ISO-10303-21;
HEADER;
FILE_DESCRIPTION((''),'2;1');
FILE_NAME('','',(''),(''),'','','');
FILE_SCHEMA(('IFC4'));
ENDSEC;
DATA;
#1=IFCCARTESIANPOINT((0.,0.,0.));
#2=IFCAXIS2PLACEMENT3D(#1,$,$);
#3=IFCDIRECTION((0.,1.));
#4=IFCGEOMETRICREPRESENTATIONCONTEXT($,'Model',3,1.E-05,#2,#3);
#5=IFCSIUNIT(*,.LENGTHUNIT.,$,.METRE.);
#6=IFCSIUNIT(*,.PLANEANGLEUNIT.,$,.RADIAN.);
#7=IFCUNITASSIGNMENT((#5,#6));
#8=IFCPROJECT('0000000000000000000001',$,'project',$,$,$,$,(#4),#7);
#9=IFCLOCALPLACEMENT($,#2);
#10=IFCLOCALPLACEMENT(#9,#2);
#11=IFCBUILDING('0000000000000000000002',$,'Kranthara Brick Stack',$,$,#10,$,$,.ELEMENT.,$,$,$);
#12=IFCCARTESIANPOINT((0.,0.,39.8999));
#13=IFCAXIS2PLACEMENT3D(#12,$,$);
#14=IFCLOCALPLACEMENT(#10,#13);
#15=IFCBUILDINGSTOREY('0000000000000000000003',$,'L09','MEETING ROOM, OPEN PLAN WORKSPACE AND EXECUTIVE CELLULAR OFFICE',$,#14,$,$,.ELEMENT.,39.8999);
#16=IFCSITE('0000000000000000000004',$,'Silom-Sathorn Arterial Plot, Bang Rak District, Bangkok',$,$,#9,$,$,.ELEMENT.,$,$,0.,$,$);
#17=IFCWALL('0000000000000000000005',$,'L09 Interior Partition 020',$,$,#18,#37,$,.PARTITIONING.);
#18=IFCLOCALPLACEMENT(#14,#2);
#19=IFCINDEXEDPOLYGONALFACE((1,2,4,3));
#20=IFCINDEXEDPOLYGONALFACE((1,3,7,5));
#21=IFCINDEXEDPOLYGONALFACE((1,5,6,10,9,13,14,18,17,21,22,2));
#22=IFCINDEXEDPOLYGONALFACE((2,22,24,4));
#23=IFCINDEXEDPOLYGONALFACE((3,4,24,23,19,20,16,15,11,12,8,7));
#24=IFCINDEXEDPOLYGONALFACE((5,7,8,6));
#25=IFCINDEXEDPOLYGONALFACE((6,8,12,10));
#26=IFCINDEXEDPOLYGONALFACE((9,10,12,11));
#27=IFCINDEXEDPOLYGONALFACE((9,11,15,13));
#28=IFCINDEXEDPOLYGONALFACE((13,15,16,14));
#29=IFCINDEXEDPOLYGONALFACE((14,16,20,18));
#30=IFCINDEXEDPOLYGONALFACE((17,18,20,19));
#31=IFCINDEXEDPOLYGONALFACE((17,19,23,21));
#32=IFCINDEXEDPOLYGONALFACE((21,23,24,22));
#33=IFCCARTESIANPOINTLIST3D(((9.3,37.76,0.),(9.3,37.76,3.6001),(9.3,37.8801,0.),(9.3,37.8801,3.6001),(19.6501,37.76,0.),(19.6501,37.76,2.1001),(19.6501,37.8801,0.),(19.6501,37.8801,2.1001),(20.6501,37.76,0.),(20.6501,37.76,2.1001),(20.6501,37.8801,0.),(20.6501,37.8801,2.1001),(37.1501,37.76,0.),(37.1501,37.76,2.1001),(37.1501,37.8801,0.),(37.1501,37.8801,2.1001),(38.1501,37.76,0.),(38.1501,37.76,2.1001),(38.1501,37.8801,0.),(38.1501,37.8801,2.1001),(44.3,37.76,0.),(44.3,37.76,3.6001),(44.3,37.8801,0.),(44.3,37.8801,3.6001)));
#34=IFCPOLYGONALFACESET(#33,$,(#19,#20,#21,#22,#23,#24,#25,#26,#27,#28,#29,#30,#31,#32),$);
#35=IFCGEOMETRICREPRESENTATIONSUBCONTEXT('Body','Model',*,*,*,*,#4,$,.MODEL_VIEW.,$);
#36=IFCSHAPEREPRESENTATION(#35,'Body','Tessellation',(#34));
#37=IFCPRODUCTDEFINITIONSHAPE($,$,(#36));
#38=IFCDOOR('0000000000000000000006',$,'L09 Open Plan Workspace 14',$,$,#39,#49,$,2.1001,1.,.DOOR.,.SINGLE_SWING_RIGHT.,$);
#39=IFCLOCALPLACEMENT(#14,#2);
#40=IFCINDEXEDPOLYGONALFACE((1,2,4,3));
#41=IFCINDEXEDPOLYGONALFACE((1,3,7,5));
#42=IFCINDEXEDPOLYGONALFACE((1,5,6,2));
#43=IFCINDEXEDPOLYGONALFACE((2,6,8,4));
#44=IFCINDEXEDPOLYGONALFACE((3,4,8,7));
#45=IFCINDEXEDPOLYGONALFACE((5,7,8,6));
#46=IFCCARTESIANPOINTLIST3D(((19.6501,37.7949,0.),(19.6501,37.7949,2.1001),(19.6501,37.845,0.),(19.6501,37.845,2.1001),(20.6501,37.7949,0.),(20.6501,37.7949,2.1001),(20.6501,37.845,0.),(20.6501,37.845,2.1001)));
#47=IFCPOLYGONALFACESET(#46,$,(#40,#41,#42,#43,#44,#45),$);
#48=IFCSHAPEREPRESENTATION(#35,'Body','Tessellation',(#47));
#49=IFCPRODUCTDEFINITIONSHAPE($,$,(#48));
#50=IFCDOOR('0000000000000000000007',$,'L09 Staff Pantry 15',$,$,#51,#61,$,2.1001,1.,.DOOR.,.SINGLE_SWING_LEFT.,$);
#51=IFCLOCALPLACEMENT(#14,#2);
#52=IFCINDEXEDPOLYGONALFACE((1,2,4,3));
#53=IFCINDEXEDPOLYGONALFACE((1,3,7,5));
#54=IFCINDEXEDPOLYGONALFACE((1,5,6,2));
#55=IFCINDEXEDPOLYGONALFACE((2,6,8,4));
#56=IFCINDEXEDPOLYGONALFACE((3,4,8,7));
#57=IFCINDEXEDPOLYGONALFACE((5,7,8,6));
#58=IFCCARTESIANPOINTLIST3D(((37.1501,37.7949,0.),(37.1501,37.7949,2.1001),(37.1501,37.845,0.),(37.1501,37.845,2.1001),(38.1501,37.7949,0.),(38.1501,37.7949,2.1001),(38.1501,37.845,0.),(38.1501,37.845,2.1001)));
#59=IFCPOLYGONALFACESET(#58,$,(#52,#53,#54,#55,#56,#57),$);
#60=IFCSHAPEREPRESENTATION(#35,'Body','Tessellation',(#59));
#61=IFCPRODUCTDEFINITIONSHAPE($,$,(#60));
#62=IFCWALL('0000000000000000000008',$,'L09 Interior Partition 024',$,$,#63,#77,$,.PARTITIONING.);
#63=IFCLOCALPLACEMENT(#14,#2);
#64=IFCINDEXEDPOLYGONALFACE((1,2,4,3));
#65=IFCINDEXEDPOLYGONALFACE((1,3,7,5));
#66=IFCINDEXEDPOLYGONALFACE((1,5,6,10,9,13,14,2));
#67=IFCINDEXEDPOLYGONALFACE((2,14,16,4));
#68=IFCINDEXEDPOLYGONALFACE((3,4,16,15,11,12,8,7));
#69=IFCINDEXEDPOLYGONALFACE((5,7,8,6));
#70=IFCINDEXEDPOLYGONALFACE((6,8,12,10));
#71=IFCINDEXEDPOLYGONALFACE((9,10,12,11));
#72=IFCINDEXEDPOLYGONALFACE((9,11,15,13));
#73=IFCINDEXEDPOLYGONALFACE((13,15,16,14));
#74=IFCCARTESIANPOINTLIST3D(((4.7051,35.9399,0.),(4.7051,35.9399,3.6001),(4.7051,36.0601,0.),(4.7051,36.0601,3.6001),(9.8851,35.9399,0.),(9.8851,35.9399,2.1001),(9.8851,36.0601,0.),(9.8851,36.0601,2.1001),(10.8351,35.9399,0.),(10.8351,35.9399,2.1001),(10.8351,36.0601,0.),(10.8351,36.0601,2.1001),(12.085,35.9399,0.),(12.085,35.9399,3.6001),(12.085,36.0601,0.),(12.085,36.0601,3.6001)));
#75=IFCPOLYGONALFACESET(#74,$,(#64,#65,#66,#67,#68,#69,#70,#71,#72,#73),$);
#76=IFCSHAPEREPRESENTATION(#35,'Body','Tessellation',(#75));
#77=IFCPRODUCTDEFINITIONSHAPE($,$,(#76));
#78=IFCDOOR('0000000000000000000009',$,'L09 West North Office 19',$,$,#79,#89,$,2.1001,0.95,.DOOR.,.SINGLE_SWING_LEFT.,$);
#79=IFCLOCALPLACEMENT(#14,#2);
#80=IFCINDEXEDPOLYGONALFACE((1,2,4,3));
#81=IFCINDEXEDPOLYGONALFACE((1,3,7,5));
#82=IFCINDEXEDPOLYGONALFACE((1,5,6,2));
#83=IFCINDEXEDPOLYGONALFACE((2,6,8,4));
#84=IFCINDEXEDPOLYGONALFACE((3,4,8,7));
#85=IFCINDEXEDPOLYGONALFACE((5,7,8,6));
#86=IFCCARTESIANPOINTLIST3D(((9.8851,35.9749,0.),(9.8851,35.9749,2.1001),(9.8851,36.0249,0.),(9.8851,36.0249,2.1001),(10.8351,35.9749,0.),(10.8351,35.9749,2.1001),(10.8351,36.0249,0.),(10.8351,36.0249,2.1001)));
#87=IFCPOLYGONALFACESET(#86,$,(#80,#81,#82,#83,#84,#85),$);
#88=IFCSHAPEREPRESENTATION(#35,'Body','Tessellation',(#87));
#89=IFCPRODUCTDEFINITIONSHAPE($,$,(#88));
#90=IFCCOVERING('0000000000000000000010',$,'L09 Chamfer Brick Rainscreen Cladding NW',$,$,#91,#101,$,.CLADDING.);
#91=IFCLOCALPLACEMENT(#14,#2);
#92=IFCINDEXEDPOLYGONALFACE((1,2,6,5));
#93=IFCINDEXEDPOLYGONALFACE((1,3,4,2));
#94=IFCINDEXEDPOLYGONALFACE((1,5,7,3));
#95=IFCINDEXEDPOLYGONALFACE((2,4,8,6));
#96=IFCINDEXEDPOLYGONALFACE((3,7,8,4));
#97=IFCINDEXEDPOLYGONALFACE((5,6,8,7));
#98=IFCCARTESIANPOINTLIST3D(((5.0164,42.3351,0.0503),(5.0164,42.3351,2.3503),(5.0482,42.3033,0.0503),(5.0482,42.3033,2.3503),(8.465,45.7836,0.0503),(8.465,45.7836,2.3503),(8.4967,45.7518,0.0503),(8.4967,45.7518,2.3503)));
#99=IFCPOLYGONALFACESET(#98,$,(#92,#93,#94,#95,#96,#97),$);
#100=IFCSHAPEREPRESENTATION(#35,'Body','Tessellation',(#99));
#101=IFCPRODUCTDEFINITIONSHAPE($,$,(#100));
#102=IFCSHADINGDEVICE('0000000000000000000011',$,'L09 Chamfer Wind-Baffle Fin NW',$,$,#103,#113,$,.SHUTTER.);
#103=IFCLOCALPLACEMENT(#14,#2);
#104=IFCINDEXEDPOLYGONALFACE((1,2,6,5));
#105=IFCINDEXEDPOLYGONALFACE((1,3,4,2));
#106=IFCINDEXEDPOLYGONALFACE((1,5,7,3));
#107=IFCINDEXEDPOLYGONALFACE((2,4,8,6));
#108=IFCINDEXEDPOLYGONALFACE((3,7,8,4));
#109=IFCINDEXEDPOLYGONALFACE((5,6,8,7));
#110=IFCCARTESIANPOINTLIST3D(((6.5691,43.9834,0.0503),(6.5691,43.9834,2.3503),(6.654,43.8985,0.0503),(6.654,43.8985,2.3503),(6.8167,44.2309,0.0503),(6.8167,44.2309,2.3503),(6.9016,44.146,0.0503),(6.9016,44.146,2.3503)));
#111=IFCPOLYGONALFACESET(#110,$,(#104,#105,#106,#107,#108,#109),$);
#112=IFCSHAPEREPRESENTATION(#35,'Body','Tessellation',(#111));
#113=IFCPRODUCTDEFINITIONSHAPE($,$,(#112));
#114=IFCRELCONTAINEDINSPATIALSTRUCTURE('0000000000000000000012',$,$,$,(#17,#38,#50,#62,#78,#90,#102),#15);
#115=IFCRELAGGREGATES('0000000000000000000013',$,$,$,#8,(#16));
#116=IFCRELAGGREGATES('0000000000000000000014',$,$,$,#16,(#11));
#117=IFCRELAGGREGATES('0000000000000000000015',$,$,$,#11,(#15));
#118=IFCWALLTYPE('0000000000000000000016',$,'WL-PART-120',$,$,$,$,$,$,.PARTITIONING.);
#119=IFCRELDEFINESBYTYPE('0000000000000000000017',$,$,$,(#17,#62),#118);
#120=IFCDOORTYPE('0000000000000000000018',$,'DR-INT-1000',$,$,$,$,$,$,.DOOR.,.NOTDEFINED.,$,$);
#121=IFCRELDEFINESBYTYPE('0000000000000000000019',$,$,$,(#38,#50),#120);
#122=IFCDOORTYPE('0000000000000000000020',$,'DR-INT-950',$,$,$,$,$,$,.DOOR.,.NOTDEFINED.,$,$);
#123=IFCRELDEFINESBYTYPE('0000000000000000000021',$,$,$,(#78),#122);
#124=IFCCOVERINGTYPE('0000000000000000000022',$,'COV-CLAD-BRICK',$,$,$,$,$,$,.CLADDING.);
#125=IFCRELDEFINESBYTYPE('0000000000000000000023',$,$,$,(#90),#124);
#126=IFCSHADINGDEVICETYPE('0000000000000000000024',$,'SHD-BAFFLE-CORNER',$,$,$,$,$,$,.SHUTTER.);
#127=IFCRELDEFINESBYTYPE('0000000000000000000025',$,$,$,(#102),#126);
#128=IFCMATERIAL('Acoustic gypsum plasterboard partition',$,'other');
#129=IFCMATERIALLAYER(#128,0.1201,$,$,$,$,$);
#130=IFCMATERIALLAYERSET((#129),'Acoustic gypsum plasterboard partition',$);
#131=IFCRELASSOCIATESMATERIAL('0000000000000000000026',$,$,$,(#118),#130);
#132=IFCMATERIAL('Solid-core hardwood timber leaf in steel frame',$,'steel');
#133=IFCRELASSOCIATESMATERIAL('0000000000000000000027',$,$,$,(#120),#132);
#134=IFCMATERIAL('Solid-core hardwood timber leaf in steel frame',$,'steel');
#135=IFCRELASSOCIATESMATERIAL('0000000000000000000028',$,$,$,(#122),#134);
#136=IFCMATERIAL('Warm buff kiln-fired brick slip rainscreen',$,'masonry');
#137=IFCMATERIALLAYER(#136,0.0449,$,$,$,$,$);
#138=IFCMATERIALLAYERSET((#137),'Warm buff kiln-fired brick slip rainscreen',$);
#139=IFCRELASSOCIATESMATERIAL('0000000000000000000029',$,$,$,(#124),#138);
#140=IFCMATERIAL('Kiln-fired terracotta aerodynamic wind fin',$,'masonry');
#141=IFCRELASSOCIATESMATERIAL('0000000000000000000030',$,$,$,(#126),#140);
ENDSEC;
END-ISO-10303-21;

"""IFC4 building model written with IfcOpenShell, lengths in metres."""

from ifc_helpers import new_model, si_unit, direction, frame, frame_2d, origin, origin_2d, place, context, subcontext, project, spatial, rectangle, extrude, material, layer, layer_set, type_object, element, fill, save


model = new_model("IFC4")

# Units and contexts
model_context = context("Model", 3, precision=1e-05, world=origin(), true_north=direction((0.0, 1.0)))
body_context = subcontext(model_context, "Body", "Model", "MODEL_VIEW")
ifc_project = project(units=[si_unit("LENGTHUNIT", "METRE"), si_unit("PLANEANGLEUNIT", "RADIAN")], contexts=[model_context])

# Site, building, storey
site_placement = place(None, origin())
site = spatial("IfcSite", under=ifc_project, at=site_placement, Name="Silom-Sathorn Arterial Plot, Bang Rak District, Bangkok", CompositionType="ELEMENT", RefElevation=0.0)
building_placement = place(site_placement, origin())
building = spatial("IfcBuilding", under=site, at=building_placement, Name="Kranthara Brick Stack", CompositionType="ELEMENT")
storey_placement = place(building_placement, frame((0.0, 0.0, 39.8999)))
storey = spatial("IfcBuildingStorey", under=building, at=storey_placement, Name="L09", Description="MEETING ROOM, OPEN PLAN WORKSPACE AND EXECUTIVE CELLULAR OFFICE", CompositionType="ELEMENT", Elevation=39.8999)

# Wall, openings, doors
ifc_material_1 = material(Name="Acoustic gypsum plasterboard partition", Category="other")
ifc_layer_1 = layer(ifc_material_1, 0.1201)
ifc_layer_set_1 = layer_set([ifc_layer_1], Name="Acoustic gypsum plasterboard partition")
wall_type_1 = type_object("IfcWallType", Name="WL-PART-120", PredefinedType="PARTITIONING", material=ifc_layer_set_1)
wall_1_placement = place(storey_placement, frame((9.3, 37.8201, 0.0), z_axis=(0.0, 0.0, 1.0), x_axis=(1.0, 0.0, 0.0)))
wall_1 = element("IfcWall", 1, at=wall_1_placement, inside=storey, type_object=wall_type_1, Name="L09 Interior Partition 020", PredefinedType="PARTITIONING", context=body_context, shape_type="SweptSolid", body=[
    extrude(rectangle(XDim=35.0, YDim=0.1201, at=frame_2d((17.5, 0.0))), origin(), (0.0, 0.0, 1.0), 3.6001),
])
opening_1_placement = place(wall_1_placement, frame((10.3501, 0.0, 0.0)))
opening_1 = element("IfcOpeningElement", 2, at=opening_1_placement, cuts=wall_1, PredefinedType="OPENING", context=body_context, shape_type="SweptSolid", body=[
    extrude(rectangle(XDim=1.0, YDim=2.1001, at=frame_2d((0.5, 1.05))), frame((0.0, 0.0701, 0.0), z_axis=(0.0, -1.0, 0.0), x_axis=(1.0, 0.0, 0.0)), (0.0, 0.0, 1.0), 0.1401),
])
opening_2_placement = place(wall_1_placement, frame((27.8501, 0.0, 0.0)))
opening_2 = element("IfcOpeningElement", 3, at=opening_2_placement, cuts=wall_1, PredefinedType="OPENING", context=body_context, shape_type="SweptSolid", body=[
    extrude(rectangle(XDim=1.0, YDim=2.1001, at=frame_2d((0.5, 1.05))), frame((0.0, 0.0701, 0.0), z_axis=(0.0, -1.0, 0.0), x_axis=(1.0, 0.0, 0.0)), (0.0, 0.0, 1.0), 0.1401),
])
ifc_material_2 = material(Name="Solid-core hardwood timber leaf in steel frame", Category="steel")
door_type_1 = type_object("IfcDoorType", Name="DR-INT-1000", OperationType="NOTDEFINED", PredefinedType="DOOR", material=ifc_material_2)
door_1_placement = place(opening_1_placement, origin())
door_1 = element("IfcDoor", 4, at=door_1_placement, inside=storey, type_object=door_type_1, Name="L09 Open Plan Workspace 14", OperationType="SINGLE_SWING_RIGHT", OverallHeight=2.1001, OverallWidth=1.0, PredefinedType="DOOR", context=body_context, shape_type="SweptSolid", body=[
    extrude(rectangle(XDim=1.0, YDim=2.1001, at=frame_2d((0.5, 1.05))), frame((0.0, 0.0249, 0.0), z_axis=(0.0, -1.0, 0.0), x_axis=(1.0, 0.0, 0.0)), (0.0, 0.0, 1.0), 0.05),
])
fill(opening_1, door_1)
door_2_placement = place(opening_2_placement, origin())
door_2 = element("IfcDoor", 5, at=door_2_placement, inside=storey, type_object=door_type_1, Name="L09 Staff Pantry 15", OperationType="SINGLE_SWING_LEFT", OverallHeight=2.1001, OverallWidth=1.0, PredefinedType="DOOR", context=body_context, shape_type="SweptSolid", body=[
    extrude(rectangle(XDim=1.0, YDim=2.1001, at=frame_2d((0.5, 1.05))), frame((0.0, 0.0249, 0.0), z_axis=(0.0, -1.0, 0.0), x_axis=(1.0, 0.0, 0.0)), (0.0, 0.0, 1.0), 0.05),
])
fill(opening_2, door_2)

# Wall, opening, door
wall_2_placement = place(storey_placement, frame((4.7051, 36.0, 0.0), z_axis=(0.0, 0.0, 1.0), x_axis=(1.0, 0.0, 0.0)))
wall_2 = element("IfcWall", 6, at=wall_2_placement, inside=storey, type_object=wall_type_1, Name="L09 Interior Partition 024", PredefinedType="PARTITIONING", context=body_context, shape_type="SweptSolid", body=[
    extrude(rectangle(XDim=7.3799, YDim=0.1201, at=frame_2d((3.6899, 0.0))), origin(), (0.0, 0.0, 1.0), 3.6001),
])
opening_3_placement = place(wall_2_placement, frame((5.1799, 0.0, 0.0)))
opening_3 = element("IfcOpeningElement", 7, at=opening_3_placement, cuts=wall_2, PredefinedType="OPENING", context=body_context, shape_type="SweptSolid", body=[
    extrude(rectangle(XDim=0.95, YDim=2.1001, at=frame_2d((0.4751, 1.05))), frame((0.0, 0.0701, 0.0), z_axis=(0.0, -1.0, 0.0), x_axis=(1.0, 0.0, 0.0)), (0.0, 0.0, 1.0), 0.1401),
])
ifc_material_3 = material(Name="Solid-core hardwood timber leaf in steel frame", Category="steel")
door_type_2 = type_object("IfcDoorType", Name="DR-INT-950", OperationType="NOTDEFINED", PredefinedType="DOOR", material=ifc_material_3)
door_3_placement = place(opening_3_placement, origin())
door_3 = element("IfcDoor", 8, at=door_3_placement, inside=storey, type_object=door_type_2, Name="L09 West North Office 19", OperationType="SINGLE_SWING_LEFT", OverallHeight=2.1001, OverallWidth=0.95, PredefinedType="DOOR", context=body_context, shape_type="SweptSolid", body=[
    extrude(rectangle(XDim=0.95, YDim=2.1001, at=frame_2d((0.4751, 1.05))), frame((0.0, 0.0249, 0.0), z_axis=(0.0, -1.0, 0.0), x_axis=(1.0, 0.0, 0.0)), (0.0, 0.0, 1.0), 0.05),
])
fill(opening_3, door_3)

# Covering
ifc_material_4 = material(Name="Warm buff kiln-fired brick slip rainscreen", Category="masonry")
ifc_layer_2 = layer(ifc_material_4, 0.0449)
ifc_layer_set_2 = layer_set([ifc_layer_2], Name="Warm buff kiln-fired brick slip rainscreen")
covering_type = type_object("IfcCoveringType", Name="COV-CLAD-BRICK", PredefinedType="CLADDING", material=ifc_layer_set_2)
covering_placement = place(storey_placement, frame((6.7566, 44.0435, 0.0503), z_axis=(0.0, 0.0, 1.0), x_axis=(0.707107, 0.707107, 0.0)))
element("IfcCovering", 9, at=covering_placement, inside=storey, type_object=covering_type, Name="L09 Chamfer Brick Rainscreen Cladding NW", PredefinedType="CLADDING", context=body_context, shape_type="SweptSolid", body=[
    extrude(rectangle(XDim=4.877, YDim=0.0449, at=origin_2d()), origin(), (0.0, 0.0, 1.0), 2.3),
])

# Shading device
ifc_material_5 = material(Name="Kiln-fired terracotta aerodynamic wind fin", Category="masonry")
shading_device_type = type_object("IfcShadingDeviceType", Name="SHD-BAFFLE-CORNER", PredefinedType="SHUTTER", material=ifc_material_5)
shading_device_placement = place(storey_placement, frame((6.7354, 44.0647, 0.0503), z_axis=(0.0, 0.0, 1.0), x_axis=(0.707107, 0.707107, 0.0)))
element("IfcShadingDevice", 10, at=shading_device_placement, inside=storey, type_object=shading_device_type, Name="L09 Chamfer Wind-Baffle Fin NW", PredefinedType="SHUTTER", context=body_context, shape_type="SweptSolid", body=[
    extrude(rectangle(XDim=0.3501, YDim=0.1201, at=origin_2d()), origin(), (0.0, 0.0, 1.0), 2.3),
])

save(model, "model.ifc")
